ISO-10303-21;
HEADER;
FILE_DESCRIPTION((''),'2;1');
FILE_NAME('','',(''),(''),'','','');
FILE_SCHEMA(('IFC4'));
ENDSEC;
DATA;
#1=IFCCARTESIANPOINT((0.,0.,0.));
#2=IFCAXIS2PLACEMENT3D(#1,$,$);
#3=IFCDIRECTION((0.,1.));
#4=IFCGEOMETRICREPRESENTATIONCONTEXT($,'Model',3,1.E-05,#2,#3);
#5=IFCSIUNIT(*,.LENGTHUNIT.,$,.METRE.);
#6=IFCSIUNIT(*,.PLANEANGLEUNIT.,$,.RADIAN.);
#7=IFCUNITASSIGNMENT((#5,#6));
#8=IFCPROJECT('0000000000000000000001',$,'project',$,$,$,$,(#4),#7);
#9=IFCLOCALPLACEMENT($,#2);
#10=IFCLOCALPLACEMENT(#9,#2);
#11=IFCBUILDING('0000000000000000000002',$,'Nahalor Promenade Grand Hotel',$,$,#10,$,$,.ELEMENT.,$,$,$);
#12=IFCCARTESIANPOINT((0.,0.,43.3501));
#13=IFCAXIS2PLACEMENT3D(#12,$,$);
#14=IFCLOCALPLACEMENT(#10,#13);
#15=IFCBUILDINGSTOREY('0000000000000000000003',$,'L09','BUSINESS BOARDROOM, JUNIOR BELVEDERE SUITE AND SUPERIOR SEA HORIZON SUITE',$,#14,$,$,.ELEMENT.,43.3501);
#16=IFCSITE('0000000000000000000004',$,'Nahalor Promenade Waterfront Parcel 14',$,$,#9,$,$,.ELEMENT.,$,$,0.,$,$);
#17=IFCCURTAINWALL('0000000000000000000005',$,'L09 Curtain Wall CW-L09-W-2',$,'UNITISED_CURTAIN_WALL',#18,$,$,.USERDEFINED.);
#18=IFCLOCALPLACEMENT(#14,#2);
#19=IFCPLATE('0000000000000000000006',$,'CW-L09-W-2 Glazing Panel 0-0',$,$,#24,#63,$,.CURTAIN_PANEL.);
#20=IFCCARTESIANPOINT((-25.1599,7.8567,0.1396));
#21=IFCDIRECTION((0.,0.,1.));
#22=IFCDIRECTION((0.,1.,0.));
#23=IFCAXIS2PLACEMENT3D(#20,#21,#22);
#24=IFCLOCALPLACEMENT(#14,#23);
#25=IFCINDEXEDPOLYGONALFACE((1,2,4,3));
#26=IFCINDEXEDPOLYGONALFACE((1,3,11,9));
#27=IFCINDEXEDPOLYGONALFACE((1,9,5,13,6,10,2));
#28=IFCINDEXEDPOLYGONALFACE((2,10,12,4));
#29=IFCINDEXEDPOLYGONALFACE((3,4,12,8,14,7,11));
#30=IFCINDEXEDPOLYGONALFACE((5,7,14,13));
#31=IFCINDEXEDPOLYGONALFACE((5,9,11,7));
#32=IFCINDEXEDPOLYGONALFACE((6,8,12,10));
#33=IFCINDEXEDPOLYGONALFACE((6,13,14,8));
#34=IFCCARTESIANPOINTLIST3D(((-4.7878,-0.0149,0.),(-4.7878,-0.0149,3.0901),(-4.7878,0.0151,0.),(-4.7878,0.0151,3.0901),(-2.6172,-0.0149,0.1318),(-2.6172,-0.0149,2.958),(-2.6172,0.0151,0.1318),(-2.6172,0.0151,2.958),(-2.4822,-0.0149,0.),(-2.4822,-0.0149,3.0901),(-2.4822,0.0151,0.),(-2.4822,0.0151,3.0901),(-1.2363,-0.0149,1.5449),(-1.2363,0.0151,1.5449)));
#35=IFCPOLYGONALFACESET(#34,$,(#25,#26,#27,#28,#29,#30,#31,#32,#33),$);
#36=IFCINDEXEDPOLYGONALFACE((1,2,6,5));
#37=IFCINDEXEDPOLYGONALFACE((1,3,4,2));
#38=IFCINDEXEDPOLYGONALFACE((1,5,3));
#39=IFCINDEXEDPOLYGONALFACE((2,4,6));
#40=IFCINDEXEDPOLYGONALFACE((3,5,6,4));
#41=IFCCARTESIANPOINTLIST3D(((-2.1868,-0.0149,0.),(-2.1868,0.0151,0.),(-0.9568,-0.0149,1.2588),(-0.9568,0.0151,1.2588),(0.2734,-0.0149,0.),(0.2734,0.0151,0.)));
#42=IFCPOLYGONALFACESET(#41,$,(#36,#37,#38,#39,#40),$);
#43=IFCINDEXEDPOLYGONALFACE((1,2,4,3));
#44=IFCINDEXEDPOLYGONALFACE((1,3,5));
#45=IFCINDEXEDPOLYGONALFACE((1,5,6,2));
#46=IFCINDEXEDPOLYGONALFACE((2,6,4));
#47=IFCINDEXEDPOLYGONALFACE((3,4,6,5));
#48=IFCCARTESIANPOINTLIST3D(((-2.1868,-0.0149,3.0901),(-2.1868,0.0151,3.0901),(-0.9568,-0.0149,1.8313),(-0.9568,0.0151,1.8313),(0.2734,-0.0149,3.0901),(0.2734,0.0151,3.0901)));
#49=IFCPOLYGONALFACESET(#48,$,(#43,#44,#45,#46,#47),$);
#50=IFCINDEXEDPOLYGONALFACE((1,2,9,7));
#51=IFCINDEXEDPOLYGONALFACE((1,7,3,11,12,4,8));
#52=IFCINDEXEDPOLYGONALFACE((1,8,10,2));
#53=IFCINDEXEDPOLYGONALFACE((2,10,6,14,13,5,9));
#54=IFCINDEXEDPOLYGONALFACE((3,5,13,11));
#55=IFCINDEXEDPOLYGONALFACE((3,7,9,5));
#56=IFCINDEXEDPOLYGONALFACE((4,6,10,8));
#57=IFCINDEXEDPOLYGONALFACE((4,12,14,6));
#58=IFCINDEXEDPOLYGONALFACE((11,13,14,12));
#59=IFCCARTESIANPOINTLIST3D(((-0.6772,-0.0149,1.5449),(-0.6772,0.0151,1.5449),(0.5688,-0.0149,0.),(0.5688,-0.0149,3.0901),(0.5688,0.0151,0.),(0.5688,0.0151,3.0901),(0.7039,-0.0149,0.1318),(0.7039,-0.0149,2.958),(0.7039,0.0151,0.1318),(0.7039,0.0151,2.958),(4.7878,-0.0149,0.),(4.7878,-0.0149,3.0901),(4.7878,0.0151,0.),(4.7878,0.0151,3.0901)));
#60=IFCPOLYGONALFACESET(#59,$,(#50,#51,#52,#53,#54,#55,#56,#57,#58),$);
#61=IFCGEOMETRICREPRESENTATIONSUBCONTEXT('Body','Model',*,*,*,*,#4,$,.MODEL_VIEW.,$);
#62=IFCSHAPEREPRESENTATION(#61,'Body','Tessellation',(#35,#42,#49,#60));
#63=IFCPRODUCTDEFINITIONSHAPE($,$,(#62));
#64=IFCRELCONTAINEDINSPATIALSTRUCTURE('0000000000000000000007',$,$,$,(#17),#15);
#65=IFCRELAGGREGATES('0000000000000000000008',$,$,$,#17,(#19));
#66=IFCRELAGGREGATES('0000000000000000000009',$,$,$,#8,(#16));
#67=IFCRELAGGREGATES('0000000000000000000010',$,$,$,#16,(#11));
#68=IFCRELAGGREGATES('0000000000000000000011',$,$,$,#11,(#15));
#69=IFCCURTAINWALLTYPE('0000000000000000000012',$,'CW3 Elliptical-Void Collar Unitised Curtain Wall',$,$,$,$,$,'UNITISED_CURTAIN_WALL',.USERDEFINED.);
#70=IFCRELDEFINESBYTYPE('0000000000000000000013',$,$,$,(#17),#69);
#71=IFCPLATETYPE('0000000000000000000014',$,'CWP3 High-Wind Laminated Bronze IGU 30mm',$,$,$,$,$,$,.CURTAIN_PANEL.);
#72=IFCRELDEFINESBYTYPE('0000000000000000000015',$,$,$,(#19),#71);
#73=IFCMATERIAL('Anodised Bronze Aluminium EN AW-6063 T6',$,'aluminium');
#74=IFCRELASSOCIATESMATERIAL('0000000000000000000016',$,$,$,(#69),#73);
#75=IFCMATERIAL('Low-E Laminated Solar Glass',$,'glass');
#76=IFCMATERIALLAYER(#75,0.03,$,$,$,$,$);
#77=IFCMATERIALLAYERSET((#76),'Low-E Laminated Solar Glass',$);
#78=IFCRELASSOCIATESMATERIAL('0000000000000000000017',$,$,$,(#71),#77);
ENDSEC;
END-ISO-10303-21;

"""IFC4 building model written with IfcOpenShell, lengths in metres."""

from ifc_helpers import new_model, si_unit, direction, frame, origin, place, context, subcontext, project, spatial, polyline, outline, extrude, material, layer, layer_set, type_object, element, aggregate, save


model = new_model("IFC4")

# Units and contexts
model_context = context("Model", 3, precision=1e-05, world=origin(), true_north=direction((0.0, 1.0)))
body_context = subcontext(model_context, "Body", "Model", "MODEL_VIEW")
ifc_project = project(units=[si_unit("LENGTHUNIT", "METRE"), si_unit("PLANEANGLEUNIT", "RADIAN")], contexts=[model_context])

# Site, building, storey
site_placement = place(None, origin())
site = spatial("IfcSite", under=ifc_project, at=site_placement, Name="Nahalor Promenade Waterfront Parcel 14", CompositionType="ELEMENT", RefElevation=0.0)
building_placement = place(site_placement, origin())
building = spatial("IfcBuilding", under=site, at=building_placement, Name="Nahalor Promenade Grand Hotel", CompositionType="ELEMENT")
storey_placement = place(building_placement, frame((0.0, 0.0, 43.3501)))
storey = spatial("IfcBuildingStorey", under=building, at=storey_placement, Name="L09", Description="BUSINESS BOARDROOM, JUNIOR BELVEDERE SUITE AND SUPERIOR SEA HORIZON SUITE", CompositionType="ELEMENT", Elevation=43.3501)

# Shared definitions
ifc_material_1 = material(Name="Anodised Bronze Aluminium EN AW-6063 T6", Category="aluminium")
curtain_wall_type = type_object("IfcCurtainWallType", Name="CW3 Elliptical-Void Collar Unitised Curtain Wall", ElementType="UNITISED_CURTAIN_WALL", PredefinedType="USERDEFINED", material=ifc_material_1)

# Curtain wall
curtain_wall_1_placement = place(storey_placement, origin())
curtain_wall_1 = element("IfcCurtainWall", 1, at=curtain_wall_1_placement, inside=storey, type_object=curtain_wall_type, Name="L09 Curtain Wall CW-L09-W-2", ObjectType="UNITISED_CURTAIN_WALL", PredefinedType="USERDEFINED")

# Plate
ifc_material_2 = material(Name="Low-E Laminated Solar Glass", Category="glass")
ifc_layer_1 = layer(ifc_material_2, 0.03)
ifc_layer_set_1 = layer_set([ifc_layer_1], Name="Low-E Laminated Solar Glass")
plate_type_1 = type_object("IfcPlateType", Name="CWP3 High-Wind Laminated Bronze IGU 30mm", PredefinedType="CURTAIN_PANEL", material=ifc_layer_set_1)
plate_1_placement = place(storey_placement, frame((-25.1599, 7.8567, 0.1396), z_axis=(0.0, 0.0, 1.0), x_axis=(0.0, 1.0, 0.0)))
plate_1 = element("IfcPlate", 2, at=plate_1_placement, type_object=plate_type_1, Name="CW-L09-W-2 Glazing Panel 0-0", PredefinedType="CURTAIN_PANEL", context=body_context, shape_type="SweptSolid", body=[
    extrude(outline(polyline([(-4.7878, 3.0901), (-4.7878, 0.0), (-2.4822, 0.0), (-2.6172, 0.1318), (-1.2363, 1.5449), (-2.6172, 2.958), (-2.4822, 3.0901), (-4.7878, 3.0901)])), frame((0.0, 0.0151, 0.0), z_axis=(0.0, -1.0, 0.0), x_axis=(1.0, 0.0, 0.0)), (0.0, 0.0, 1.0), 0.03),
    extrude(outline(polyline([(-0.9568, 1.2588), (-2.1868, 0.0), (0.2734, 0.0), (-0.9568, 1.2588)])), frame((0.0, 0.0151, 0.0), z_axis=(0.0, -1.0, 0.0), x_axis=(1.0, 0.0, 0.0)), (0.0, 0.0, 1.0), 0.03),
    extrude(outline(polyline([(-0.9568, 1.8313), (0.2734, 3.0901), (-2.1868, 3.0901), (-0.9568, 1.8313)])), frame((0.0, 0.0151, 0.0), z_axis=(0.0, -1.0, 0.0), x_axis=(1.0, 0.0, 0.0)), (0.0, 0.0, 1.0), 0.03),
    extrude(outline(polyline([(4.7878, 0.0), (4.7878, 3.0901), (0.5688, 3.0901), (0.7039, 2.958), (-0.6772, 1.5449), (0.7039, 0.1318), (0.5688, 0.0), (4.7878, 0.0)])), frame((0.0, 0.0151, 0.0), z_axis=(0.0, -1.0, 0.0), x_axis=(1.0, 0.0, 0.0)), (0.0, 0.0, 1.0), 0.03),
])
aggregate(curtain_wall_1, [plate_1])

save(model, "model.ifc")
